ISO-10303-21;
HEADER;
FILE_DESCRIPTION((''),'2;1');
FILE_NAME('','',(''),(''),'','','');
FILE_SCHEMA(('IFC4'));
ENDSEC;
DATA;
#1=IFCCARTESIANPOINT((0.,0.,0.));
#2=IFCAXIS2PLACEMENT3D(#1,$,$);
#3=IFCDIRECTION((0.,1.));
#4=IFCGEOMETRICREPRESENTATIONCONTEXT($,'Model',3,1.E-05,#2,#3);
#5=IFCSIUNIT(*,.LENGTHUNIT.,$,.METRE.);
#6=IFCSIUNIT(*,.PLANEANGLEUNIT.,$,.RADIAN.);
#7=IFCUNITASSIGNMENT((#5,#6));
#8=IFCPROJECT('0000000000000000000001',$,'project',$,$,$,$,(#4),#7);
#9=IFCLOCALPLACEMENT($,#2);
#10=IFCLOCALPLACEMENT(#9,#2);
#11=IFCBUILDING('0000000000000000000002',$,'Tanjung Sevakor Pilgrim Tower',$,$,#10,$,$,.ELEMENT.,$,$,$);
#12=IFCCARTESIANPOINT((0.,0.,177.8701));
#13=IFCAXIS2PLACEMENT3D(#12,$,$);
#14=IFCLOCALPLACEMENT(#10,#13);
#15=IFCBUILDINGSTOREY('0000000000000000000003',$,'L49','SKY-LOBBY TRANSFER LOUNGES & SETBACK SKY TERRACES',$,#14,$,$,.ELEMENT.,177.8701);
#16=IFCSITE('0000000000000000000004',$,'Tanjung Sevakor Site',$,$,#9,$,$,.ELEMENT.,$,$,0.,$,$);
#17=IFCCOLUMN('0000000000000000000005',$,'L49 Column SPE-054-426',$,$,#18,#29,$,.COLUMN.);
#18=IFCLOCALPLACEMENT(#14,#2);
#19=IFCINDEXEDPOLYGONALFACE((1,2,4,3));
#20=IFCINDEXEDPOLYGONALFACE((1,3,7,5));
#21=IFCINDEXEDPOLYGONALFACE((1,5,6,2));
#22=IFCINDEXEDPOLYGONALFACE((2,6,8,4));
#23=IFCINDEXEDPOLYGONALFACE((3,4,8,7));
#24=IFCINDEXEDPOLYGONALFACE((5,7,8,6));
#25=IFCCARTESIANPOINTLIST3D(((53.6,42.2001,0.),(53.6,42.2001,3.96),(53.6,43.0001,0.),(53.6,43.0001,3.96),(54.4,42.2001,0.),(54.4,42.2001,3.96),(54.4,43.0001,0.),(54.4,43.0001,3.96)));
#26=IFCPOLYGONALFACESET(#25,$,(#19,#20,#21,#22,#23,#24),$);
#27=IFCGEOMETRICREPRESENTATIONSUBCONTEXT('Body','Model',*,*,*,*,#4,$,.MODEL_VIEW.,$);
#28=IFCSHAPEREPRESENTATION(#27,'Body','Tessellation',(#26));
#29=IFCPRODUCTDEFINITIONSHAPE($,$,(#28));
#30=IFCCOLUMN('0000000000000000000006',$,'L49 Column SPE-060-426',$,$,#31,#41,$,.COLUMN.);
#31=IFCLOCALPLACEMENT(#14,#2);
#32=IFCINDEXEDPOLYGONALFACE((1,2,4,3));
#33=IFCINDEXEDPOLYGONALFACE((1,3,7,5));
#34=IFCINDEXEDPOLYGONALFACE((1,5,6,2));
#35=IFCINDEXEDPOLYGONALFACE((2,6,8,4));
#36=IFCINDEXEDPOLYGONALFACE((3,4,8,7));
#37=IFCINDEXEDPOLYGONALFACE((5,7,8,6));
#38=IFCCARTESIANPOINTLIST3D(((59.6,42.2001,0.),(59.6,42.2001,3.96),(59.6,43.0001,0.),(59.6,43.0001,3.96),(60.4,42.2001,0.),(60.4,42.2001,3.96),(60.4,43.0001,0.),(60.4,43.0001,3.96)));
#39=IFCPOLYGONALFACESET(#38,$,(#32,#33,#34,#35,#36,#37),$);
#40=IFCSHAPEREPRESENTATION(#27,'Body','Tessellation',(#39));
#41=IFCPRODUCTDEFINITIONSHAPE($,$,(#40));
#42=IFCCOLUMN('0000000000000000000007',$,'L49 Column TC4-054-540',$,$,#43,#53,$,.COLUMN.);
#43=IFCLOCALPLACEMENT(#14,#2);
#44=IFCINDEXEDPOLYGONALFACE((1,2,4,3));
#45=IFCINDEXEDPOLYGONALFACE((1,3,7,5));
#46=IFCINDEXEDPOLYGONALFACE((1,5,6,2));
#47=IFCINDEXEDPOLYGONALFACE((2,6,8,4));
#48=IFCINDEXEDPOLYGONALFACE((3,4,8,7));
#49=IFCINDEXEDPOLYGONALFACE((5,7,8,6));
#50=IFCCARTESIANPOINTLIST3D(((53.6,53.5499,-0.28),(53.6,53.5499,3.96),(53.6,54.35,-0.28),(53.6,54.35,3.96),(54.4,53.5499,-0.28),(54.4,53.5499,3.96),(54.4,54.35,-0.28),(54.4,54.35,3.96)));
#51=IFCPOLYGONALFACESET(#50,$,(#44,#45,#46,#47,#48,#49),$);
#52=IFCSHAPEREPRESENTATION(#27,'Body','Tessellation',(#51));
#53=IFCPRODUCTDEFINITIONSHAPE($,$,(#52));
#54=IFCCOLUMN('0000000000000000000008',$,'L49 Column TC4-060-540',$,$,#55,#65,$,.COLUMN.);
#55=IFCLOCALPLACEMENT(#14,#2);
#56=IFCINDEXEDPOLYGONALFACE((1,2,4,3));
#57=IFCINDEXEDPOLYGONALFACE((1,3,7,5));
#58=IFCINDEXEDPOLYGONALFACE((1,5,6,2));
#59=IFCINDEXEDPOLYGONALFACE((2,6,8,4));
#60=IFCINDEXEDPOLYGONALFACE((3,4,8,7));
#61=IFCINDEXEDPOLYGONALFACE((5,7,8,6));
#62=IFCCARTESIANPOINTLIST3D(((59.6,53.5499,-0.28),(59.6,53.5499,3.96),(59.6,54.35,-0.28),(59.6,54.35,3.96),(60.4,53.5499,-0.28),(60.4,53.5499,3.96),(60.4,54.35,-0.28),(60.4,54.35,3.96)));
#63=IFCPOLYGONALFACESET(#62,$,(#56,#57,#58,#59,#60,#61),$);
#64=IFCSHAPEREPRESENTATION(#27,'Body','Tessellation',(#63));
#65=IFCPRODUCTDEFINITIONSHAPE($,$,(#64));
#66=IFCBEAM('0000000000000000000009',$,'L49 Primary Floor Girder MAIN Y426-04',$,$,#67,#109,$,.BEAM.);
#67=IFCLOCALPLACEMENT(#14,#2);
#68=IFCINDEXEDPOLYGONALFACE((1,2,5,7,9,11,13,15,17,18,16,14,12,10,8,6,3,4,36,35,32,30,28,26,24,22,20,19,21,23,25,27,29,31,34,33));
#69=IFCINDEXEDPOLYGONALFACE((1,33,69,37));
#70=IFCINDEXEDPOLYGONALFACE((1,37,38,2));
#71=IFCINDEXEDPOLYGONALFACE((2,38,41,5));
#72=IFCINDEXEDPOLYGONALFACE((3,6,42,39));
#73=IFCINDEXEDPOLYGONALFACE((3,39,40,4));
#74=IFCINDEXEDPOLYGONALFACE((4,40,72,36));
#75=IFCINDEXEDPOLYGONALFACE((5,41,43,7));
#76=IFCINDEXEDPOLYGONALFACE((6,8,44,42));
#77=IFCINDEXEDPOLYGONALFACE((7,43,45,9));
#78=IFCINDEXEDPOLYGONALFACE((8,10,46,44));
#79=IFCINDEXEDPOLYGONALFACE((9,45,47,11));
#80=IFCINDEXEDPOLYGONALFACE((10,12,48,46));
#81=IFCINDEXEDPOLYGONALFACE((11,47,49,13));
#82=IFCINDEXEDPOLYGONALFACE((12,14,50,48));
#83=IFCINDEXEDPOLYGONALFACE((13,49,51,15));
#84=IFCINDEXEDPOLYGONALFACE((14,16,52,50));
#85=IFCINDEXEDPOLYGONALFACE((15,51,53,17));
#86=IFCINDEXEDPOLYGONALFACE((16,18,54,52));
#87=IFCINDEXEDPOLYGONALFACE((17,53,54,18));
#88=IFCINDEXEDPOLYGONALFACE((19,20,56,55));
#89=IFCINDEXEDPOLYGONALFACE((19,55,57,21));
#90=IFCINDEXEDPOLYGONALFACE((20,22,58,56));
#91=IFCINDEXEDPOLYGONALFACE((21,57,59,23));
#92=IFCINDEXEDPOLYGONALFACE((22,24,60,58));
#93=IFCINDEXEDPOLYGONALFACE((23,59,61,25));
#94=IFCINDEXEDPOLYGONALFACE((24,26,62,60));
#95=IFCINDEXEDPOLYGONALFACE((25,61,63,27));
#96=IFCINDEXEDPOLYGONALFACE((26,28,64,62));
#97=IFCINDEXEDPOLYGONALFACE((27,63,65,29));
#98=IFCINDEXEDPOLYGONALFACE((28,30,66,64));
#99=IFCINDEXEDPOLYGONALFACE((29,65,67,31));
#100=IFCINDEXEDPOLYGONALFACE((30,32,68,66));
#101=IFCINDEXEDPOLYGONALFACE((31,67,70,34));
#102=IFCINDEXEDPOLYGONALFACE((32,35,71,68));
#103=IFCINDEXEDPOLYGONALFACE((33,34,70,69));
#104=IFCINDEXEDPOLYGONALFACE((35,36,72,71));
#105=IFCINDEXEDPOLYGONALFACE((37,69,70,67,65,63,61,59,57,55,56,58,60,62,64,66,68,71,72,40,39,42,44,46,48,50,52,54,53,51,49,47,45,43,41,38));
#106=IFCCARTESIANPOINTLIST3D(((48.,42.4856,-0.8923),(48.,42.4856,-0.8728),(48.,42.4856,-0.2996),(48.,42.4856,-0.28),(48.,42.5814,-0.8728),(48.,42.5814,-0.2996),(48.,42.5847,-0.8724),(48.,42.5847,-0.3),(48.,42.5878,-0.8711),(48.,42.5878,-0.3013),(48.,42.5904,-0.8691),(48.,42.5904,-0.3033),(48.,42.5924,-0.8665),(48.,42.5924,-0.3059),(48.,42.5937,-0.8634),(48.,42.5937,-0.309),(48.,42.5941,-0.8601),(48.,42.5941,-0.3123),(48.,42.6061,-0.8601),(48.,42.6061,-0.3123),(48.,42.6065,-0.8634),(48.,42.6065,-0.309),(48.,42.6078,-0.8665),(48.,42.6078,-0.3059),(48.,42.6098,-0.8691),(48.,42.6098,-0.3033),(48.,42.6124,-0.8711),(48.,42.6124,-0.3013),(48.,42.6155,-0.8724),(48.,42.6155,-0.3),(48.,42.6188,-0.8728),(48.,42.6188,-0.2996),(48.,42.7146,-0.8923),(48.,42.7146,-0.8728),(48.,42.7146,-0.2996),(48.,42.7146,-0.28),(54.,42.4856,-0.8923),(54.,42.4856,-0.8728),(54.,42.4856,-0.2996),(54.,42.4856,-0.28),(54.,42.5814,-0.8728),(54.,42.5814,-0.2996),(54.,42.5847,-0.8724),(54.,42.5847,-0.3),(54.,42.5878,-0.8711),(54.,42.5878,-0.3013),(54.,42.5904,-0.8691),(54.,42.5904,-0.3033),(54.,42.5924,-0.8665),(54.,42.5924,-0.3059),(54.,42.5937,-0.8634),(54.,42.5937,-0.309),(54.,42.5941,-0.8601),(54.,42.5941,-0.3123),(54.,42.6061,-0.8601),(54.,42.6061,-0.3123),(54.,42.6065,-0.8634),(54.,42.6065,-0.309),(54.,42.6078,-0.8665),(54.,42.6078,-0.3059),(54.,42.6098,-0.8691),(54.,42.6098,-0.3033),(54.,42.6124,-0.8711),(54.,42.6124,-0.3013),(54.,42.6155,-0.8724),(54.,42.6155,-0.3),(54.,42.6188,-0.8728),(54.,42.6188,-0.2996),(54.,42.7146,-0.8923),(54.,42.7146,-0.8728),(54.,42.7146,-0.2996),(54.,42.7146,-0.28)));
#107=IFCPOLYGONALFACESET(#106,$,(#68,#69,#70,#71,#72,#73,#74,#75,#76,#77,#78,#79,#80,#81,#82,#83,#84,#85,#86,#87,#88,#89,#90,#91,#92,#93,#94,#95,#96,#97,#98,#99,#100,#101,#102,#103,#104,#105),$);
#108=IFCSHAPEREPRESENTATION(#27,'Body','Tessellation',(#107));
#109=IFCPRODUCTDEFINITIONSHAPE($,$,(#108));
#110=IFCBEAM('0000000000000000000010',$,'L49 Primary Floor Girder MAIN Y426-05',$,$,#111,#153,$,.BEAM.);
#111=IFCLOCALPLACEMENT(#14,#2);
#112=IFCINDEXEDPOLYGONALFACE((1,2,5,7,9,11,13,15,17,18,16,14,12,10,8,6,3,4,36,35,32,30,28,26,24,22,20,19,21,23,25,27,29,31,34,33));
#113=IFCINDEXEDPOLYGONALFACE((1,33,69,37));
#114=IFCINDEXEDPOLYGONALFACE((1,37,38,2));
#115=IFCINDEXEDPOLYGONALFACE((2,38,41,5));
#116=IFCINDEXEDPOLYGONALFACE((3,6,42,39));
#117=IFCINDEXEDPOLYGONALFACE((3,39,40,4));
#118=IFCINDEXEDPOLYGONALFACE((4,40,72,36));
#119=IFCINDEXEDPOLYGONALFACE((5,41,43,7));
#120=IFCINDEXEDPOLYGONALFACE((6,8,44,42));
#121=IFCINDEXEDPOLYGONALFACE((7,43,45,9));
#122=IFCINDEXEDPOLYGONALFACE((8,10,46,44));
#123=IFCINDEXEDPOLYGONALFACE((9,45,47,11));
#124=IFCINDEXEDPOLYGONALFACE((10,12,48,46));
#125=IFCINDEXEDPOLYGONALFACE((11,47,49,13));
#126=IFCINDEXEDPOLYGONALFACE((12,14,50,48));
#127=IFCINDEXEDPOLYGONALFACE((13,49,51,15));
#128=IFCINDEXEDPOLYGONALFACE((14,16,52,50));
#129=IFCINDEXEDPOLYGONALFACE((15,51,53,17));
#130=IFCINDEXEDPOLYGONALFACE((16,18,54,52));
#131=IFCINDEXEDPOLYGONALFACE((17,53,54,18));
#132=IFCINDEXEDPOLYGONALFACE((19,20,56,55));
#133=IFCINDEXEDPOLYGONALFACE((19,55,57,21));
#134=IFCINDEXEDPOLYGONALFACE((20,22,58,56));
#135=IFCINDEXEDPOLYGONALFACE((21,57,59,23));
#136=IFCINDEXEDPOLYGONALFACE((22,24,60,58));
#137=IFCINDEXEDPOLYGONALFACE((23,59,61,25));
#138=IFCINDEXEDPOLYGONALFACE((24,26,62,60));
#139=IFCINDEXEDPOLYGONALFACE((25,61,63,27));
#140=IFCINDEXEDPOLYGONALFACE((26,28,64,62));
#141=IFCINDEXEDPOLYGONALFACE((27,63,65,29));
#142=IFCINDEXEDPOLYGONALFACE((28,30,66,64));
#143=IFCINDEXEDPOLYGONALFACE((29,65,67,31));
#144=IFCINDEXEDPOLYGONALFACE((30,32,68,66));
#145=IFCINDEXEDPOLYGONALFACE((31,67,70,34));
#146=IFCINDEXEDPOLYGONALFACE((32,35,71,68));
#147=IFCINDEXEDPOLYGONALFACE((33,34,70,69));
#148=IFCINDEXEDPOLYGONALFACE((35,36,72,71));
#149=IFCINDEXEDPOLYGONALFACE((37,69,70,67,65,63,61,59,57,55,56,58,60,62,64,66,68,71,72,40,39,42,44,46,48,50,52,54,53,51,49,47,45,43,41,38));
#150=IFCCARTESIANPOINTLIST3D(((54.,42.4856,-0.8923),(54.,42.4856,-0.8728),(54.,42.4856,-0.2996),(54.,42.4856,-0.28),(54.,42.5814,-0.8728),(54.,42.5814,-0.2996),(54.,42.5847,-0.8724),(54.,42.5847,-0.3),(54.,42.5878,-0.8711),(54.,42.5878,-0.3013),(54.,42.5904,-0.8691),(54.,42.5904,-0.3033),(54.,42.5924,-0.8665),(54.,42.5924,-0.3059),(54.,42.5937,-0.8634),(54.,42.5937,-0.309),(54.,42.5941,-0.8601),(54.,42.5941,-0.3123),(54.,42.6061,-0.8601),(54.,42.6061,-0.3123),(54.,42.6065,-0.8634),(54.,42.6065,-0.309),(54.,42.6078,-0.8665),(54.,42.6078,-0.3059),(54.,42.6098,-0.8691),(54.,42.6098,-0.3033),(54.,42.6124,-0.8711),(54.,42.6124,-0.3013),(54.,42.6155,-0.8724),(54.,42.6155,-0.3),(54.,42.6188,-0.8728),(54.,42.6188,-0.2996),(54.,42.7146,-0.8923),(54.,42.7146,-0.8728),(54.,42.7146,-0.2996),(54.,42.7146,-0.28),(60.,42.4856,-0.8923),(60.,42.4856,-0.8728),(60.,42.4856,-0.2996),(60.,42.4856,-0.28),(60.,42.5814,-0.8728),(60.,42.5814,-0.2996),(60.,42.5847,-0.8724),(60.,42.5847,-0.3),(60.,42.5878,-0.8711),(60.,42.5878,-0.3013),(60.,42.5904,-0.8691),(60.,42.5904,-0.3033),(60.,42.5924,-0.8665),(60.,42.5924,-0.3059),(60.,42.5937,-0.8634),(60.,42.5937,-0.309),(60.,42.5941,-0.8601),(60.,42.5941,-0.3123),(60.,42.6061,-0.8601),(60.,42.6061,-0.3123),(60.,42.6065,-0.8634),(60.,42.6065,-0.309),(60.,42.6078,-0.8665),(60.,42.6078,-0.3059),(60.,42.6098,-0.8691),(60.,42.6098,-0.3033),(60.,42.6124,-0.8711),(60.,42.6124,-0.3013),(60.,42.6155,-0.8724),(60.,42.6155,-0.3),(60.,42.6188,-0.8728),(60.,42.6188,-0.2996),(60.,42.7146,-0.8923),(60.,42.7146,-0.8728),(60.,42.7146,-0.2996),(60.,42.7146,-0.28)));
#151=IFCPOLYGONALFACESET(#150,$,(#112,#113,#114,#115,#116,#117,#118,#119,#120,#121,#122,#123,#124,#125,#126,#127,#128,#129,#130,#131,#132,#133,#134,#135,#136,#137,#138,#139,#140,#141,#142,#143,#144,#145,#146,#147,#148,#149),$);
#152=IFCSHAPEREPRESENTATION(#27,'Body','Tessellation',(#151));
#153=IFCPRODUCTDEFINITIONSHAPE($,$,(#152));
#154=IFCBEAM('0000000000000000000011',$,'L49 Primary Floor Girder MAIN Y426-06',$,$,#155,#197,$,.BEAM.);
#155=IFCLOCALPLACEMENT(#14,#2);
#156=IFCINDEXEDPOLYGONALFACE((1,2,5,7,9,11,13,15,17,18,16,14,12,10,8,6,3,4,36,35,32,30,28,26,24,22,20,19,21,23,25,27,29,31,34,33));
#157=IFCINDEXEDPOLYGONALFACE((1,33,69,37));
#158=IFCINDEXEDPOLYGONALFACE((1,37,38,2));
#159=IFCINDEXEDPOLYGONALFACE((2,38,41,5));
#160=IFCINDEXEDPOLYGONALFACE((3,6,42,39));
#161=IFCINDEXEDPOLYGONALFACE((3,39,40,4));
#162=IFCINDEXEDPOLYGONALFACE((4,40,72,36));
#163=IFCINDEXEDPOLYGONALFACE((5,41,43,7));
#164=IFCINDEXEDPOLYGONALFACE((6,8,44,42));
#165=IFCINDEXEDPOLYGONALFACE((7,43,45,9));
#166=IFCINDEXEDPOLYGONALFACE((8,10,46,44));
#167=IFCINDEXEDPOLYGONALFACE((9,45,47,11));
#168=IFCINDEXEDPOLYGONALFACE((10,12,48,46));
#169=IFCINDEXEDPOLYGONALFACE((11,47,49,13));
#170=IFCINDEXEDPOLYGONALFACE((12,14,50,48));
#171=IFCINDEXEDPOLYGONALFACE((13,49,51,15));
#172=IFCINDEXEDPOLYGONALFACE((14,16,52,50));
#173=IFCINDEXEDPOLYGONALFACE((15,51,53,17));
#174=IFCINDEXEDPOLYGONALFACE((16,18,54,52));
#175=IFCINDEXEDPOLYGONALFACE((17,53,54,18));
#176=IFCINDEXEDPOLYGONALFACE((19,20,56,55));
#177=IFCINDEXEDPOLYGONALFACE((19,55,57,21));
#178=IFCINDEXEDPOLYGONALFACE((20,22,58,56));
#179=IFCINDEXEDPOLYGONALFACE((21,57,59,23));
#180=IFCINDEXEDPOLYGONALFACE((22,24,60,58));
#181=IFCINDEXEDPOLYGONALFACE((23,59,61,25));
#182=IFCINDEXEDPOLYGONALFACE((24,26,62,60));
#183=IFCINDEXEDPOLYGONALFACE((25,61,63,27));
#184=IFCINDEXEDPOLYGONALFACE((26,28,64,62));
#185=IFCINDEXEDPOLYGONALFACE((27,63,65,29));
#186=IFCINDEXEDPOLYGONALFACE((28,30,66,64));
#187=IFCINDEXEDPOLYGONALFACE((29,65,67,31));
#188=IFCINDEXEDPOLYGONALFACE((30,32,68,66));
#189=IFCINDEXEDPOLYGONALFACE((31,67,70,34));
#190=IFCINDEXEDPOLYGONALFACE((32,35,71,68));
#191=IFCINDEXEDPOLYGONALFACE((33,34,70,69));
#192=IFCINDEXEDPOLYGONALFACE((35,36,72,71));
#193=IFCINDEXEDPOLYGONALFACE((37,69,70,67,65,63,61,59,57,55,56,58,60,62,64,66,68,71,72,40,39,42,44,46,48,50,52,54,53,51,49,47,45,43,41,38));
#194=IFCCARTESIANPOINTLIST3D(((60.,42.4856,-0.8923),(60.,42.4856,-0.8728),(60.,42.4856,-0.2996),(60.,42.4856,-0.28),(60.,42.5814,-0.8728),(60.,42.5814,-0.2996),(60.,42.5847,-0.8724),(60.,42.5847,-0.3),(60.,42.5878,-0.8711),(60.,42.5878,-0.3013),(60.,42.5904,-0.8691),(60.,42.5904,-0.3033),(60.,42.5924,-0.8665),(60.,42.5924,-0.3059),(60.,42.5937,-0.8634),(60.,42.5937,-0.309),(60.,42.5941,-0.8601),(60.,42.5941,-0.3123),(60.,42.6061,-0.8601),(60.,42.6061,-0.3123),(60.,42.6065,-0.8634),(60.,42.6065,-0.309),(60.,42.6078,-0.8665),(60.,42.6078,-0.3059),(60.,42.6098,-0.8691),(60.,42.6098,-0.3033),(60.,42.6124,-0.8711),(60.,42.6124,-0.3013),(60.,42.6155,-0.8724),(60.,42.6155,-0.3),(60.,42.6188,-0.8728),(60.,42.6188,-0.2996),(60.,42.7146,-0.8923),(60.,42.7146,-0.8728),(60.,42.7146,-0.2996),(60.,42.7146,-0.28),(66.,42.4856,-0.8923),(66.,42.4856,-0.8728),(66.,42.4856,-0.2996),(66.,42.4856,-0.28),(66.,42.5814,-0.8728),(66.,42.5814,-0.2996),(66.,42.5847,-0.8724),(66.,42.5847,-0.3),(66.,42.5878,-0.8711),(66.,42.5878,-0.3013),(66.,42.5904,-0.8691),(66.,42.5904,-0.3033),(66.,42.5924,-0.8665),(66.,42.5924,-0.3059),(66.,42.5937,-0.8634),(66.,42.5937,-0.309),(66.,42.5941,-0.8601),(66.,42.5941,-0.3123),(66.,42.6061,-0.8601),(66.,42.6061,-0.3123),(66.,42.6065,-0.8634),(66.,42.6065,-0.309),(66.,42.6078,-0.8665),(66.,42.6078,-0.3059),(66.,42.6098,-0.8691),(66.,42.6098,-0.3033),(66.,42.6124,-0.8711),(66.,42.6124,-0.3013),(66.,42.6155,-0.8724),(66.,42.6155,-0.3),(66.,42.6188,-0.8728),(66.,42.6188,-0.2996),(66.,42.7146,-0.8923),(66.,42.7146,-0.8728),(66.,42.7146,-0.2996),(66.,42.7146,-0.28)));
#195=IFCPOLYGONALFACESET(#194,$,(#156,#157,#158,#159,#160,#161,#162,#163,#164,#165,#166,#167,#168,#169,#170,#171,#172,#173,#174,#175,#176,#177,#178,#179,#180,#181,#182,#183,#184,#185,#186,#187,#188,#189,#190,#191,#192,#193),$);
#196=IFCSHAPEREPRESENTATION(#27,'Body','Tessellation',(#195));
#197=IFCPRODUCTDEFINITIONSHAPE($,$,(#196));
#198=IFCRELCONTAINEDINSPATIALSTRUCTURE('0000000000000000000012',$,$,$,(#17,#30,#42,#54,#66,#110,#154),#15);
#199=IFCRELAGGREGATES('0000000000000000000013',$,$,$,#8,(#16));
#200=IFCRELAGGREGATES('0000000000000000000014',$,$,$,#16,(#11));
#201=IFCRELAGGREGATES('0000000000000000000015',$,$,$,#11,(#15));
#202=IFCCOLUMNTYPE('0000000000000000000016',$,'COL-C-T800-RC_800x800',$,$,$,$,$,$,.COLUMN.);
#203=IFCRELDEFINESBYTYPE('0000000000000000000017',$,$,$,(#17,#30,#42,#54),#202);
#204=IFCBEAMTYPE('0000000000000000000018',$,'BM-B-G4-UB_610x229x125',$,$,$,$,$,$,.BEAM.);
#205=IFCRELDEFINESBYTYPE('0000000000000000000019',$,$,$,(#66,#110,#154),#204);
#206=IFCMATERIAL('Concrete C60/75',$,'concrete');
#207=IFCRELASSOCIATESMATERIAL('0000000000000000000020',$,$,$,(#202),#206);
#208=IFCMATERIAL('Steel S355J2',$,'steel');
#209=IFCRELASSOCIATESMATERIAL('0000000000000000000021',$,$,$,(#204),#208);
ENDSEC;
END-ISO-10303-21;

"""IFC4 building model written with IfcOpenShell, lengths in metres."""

from ifc_helpers import new_model, si_unit, direction, frame, origin, origin_2d, place, context, subcontext, project, spatial, rectangle, i_section, extrude, material, material_profile, profile_set, type_object, element, save


model = new_model("IFC4")

# Units and contexts
model_context = context("Model", 3, precision=1e-05, world=origin(), true_north=direction((0.0, 1.0)))
body_context = subcontext(model_context, "Body", "Model", "MODEL_VIEW")
ifc_project = project(units=[si_unit("LENGTHUNIT", "METRE"), si_unit("PLANEANGLEUNIT", "RADIAN")], contexts=[model_context])

# Site, building, storey
site_placement = place(None, origin())
site = spatial("IfcSite", under=ifc_project, at=site_placement, Name="Tanjung Sevakor Site", CompositionType="ELEMENT", RefElevation=0.0)
building_placement = place(site_placement, origin())
building = spatial("IfcBuilding", under=site, at=building_placement, Name="Tanjung Sevakor Pilgrim Tower", CompositionType="ELEMENT")
storey_placement = place(building_placement, frame((0.0, 0.0, 177.8701)))
storey = spatial("IfcBuildingStorey", under=building, at=storey_placement, Name="L49", Description="SKY-LOBBY TRANSFER LOUNGES & SETBACK SKY TERRACES", CompositionType="ELEMENT", Elevation=177.8701)

# Columns
ifc_material_1 = material(Name="Concrete C60/75", Category="concrete")
ifc_material_profile_1 = material_profile(ifc_material_1, rectangle(XDim=0.8, YDim=0.8, at=origin_2d()))
ifc_profile_set_1 = profile_set([ifc_material_profile_1], Name="Concrete C60/75")
column_type = type_object("IfcColumnType", Name="COL-C-T800-RC_800x800", PredefinedType="COLUMN", material=ifc_profile_set_1)
for number, where, z_axis, x_axis, name in (
    (1, (54.0, 42.6001, 0.0), (0.0, 0.0, 1.0), (1.0, 0.0, 0.0), "L49 Column SPE-054-426"),
    (2, (60.0, 42.6001, 0.0), (0.0, 0.0, 1.0), (1.0, 0.0, 0.0), "L49 Column SPE-060-426"),
):
    element("IfcColumn", number, at=place(storey_placement, frame(where, z_axis=z_axis, x_axis=x_axis)), inside=storey, type_object=column_type, Name=name, PredefinedType="COLUMN", context=body_context, shape_type="SweptSolid", body=[
        extrude(rectangle(XDim=0.8, YDim=0.8, at=origin_2d()), origin(), (0.0, 0.0, 1.0), 3.96),
    ])
for number, where, z_axis, x_axis, name in (
    (3, (54.0, 53.95, -0.28), (0.0, 0.0, 1.0), (1.0, 0.0, 0.0), "L49 Column TC4-054-540"),
    (4, (60.0, 53.95, -0.28), (0.0, 0.0, 1.0), (1.0, 0.0, 0.0), "L49 Column TC4-060-540"),
):
    element("IfcColumn", number, at=place(storey_placement, frame(where, z_axis=z_axis, x_axis=x_axis)), inside=storey, type_object=column_type, Name=name, PredefinedType="COLUMN", context=body_context, shape_type="SweptSolid", body=[
        extrude(rectangle(XDim=0.8, YDim=0.8, at=origin_2d()), origin(), (0.0, 0.0, 1.0), 4.24),
    ])

# Beams
ifc_material_2 = material(Name="Steel S355J2", Category="steel")
ifc_material_profile_2 = material_profile(ifc_material_2, i_section(OverallWidth=0.229, OverallDepth=0.6123, WebThickness=0.012, FlangeThickness=0.0195, FilletRadius=0.0127, at=origin_2d()))
ifc_profile_set_2 = profile_set([ifc_material_profile_2], Name="Steel S355J2")
beam_type_1 = type_object("IfcBeamType", Name="BM-B-G4-UB_610x229x125", PredefinedType="BEAM", material=ifc_profile_set_2)
for number, where, z_axis, x_axis, name in (
    (5, (48.0, 42.6001, -0.5862), (1.0, 0.0, 0.0), (0.0, 1.0, 0.0), "L49 Primary Floor Girder MAIN Y426-04"),
    (6, (54.0, 42.6001, -0.5862), (1.0, 0.0, 0.0), (0.0, 1.0, 0.0), "L49 Primary Floor Girder MAIN Y426-05"),
    (7, (60.0, 42.6001, -0.5862), (1.0, 0.0, 0.0), (0.0, 1.0, 0.0), "L49 Primary Floor Girder MAIN Y426-06"),
):
    element("IfcBeam", number, at=place(storey_placement, frame(where, z_axis=z_axis, x_axis=x_axis)), inside=storey, type_object=beam_type_1, Name=name, PredefinedType="BEAM", context=body_context, shape_type="SweptSolid", body=[
        extrude(i_section(OverallWidth=0.229, OverallDepth=0.6123, WebThickness=0.012, FlangeThickness=0.0195, FilletRadius=0.0127, at=origin_2d()), origin(), (0.0, 0.0, 1.0), 6.0),
    ])

save(model, "model.ifc")
